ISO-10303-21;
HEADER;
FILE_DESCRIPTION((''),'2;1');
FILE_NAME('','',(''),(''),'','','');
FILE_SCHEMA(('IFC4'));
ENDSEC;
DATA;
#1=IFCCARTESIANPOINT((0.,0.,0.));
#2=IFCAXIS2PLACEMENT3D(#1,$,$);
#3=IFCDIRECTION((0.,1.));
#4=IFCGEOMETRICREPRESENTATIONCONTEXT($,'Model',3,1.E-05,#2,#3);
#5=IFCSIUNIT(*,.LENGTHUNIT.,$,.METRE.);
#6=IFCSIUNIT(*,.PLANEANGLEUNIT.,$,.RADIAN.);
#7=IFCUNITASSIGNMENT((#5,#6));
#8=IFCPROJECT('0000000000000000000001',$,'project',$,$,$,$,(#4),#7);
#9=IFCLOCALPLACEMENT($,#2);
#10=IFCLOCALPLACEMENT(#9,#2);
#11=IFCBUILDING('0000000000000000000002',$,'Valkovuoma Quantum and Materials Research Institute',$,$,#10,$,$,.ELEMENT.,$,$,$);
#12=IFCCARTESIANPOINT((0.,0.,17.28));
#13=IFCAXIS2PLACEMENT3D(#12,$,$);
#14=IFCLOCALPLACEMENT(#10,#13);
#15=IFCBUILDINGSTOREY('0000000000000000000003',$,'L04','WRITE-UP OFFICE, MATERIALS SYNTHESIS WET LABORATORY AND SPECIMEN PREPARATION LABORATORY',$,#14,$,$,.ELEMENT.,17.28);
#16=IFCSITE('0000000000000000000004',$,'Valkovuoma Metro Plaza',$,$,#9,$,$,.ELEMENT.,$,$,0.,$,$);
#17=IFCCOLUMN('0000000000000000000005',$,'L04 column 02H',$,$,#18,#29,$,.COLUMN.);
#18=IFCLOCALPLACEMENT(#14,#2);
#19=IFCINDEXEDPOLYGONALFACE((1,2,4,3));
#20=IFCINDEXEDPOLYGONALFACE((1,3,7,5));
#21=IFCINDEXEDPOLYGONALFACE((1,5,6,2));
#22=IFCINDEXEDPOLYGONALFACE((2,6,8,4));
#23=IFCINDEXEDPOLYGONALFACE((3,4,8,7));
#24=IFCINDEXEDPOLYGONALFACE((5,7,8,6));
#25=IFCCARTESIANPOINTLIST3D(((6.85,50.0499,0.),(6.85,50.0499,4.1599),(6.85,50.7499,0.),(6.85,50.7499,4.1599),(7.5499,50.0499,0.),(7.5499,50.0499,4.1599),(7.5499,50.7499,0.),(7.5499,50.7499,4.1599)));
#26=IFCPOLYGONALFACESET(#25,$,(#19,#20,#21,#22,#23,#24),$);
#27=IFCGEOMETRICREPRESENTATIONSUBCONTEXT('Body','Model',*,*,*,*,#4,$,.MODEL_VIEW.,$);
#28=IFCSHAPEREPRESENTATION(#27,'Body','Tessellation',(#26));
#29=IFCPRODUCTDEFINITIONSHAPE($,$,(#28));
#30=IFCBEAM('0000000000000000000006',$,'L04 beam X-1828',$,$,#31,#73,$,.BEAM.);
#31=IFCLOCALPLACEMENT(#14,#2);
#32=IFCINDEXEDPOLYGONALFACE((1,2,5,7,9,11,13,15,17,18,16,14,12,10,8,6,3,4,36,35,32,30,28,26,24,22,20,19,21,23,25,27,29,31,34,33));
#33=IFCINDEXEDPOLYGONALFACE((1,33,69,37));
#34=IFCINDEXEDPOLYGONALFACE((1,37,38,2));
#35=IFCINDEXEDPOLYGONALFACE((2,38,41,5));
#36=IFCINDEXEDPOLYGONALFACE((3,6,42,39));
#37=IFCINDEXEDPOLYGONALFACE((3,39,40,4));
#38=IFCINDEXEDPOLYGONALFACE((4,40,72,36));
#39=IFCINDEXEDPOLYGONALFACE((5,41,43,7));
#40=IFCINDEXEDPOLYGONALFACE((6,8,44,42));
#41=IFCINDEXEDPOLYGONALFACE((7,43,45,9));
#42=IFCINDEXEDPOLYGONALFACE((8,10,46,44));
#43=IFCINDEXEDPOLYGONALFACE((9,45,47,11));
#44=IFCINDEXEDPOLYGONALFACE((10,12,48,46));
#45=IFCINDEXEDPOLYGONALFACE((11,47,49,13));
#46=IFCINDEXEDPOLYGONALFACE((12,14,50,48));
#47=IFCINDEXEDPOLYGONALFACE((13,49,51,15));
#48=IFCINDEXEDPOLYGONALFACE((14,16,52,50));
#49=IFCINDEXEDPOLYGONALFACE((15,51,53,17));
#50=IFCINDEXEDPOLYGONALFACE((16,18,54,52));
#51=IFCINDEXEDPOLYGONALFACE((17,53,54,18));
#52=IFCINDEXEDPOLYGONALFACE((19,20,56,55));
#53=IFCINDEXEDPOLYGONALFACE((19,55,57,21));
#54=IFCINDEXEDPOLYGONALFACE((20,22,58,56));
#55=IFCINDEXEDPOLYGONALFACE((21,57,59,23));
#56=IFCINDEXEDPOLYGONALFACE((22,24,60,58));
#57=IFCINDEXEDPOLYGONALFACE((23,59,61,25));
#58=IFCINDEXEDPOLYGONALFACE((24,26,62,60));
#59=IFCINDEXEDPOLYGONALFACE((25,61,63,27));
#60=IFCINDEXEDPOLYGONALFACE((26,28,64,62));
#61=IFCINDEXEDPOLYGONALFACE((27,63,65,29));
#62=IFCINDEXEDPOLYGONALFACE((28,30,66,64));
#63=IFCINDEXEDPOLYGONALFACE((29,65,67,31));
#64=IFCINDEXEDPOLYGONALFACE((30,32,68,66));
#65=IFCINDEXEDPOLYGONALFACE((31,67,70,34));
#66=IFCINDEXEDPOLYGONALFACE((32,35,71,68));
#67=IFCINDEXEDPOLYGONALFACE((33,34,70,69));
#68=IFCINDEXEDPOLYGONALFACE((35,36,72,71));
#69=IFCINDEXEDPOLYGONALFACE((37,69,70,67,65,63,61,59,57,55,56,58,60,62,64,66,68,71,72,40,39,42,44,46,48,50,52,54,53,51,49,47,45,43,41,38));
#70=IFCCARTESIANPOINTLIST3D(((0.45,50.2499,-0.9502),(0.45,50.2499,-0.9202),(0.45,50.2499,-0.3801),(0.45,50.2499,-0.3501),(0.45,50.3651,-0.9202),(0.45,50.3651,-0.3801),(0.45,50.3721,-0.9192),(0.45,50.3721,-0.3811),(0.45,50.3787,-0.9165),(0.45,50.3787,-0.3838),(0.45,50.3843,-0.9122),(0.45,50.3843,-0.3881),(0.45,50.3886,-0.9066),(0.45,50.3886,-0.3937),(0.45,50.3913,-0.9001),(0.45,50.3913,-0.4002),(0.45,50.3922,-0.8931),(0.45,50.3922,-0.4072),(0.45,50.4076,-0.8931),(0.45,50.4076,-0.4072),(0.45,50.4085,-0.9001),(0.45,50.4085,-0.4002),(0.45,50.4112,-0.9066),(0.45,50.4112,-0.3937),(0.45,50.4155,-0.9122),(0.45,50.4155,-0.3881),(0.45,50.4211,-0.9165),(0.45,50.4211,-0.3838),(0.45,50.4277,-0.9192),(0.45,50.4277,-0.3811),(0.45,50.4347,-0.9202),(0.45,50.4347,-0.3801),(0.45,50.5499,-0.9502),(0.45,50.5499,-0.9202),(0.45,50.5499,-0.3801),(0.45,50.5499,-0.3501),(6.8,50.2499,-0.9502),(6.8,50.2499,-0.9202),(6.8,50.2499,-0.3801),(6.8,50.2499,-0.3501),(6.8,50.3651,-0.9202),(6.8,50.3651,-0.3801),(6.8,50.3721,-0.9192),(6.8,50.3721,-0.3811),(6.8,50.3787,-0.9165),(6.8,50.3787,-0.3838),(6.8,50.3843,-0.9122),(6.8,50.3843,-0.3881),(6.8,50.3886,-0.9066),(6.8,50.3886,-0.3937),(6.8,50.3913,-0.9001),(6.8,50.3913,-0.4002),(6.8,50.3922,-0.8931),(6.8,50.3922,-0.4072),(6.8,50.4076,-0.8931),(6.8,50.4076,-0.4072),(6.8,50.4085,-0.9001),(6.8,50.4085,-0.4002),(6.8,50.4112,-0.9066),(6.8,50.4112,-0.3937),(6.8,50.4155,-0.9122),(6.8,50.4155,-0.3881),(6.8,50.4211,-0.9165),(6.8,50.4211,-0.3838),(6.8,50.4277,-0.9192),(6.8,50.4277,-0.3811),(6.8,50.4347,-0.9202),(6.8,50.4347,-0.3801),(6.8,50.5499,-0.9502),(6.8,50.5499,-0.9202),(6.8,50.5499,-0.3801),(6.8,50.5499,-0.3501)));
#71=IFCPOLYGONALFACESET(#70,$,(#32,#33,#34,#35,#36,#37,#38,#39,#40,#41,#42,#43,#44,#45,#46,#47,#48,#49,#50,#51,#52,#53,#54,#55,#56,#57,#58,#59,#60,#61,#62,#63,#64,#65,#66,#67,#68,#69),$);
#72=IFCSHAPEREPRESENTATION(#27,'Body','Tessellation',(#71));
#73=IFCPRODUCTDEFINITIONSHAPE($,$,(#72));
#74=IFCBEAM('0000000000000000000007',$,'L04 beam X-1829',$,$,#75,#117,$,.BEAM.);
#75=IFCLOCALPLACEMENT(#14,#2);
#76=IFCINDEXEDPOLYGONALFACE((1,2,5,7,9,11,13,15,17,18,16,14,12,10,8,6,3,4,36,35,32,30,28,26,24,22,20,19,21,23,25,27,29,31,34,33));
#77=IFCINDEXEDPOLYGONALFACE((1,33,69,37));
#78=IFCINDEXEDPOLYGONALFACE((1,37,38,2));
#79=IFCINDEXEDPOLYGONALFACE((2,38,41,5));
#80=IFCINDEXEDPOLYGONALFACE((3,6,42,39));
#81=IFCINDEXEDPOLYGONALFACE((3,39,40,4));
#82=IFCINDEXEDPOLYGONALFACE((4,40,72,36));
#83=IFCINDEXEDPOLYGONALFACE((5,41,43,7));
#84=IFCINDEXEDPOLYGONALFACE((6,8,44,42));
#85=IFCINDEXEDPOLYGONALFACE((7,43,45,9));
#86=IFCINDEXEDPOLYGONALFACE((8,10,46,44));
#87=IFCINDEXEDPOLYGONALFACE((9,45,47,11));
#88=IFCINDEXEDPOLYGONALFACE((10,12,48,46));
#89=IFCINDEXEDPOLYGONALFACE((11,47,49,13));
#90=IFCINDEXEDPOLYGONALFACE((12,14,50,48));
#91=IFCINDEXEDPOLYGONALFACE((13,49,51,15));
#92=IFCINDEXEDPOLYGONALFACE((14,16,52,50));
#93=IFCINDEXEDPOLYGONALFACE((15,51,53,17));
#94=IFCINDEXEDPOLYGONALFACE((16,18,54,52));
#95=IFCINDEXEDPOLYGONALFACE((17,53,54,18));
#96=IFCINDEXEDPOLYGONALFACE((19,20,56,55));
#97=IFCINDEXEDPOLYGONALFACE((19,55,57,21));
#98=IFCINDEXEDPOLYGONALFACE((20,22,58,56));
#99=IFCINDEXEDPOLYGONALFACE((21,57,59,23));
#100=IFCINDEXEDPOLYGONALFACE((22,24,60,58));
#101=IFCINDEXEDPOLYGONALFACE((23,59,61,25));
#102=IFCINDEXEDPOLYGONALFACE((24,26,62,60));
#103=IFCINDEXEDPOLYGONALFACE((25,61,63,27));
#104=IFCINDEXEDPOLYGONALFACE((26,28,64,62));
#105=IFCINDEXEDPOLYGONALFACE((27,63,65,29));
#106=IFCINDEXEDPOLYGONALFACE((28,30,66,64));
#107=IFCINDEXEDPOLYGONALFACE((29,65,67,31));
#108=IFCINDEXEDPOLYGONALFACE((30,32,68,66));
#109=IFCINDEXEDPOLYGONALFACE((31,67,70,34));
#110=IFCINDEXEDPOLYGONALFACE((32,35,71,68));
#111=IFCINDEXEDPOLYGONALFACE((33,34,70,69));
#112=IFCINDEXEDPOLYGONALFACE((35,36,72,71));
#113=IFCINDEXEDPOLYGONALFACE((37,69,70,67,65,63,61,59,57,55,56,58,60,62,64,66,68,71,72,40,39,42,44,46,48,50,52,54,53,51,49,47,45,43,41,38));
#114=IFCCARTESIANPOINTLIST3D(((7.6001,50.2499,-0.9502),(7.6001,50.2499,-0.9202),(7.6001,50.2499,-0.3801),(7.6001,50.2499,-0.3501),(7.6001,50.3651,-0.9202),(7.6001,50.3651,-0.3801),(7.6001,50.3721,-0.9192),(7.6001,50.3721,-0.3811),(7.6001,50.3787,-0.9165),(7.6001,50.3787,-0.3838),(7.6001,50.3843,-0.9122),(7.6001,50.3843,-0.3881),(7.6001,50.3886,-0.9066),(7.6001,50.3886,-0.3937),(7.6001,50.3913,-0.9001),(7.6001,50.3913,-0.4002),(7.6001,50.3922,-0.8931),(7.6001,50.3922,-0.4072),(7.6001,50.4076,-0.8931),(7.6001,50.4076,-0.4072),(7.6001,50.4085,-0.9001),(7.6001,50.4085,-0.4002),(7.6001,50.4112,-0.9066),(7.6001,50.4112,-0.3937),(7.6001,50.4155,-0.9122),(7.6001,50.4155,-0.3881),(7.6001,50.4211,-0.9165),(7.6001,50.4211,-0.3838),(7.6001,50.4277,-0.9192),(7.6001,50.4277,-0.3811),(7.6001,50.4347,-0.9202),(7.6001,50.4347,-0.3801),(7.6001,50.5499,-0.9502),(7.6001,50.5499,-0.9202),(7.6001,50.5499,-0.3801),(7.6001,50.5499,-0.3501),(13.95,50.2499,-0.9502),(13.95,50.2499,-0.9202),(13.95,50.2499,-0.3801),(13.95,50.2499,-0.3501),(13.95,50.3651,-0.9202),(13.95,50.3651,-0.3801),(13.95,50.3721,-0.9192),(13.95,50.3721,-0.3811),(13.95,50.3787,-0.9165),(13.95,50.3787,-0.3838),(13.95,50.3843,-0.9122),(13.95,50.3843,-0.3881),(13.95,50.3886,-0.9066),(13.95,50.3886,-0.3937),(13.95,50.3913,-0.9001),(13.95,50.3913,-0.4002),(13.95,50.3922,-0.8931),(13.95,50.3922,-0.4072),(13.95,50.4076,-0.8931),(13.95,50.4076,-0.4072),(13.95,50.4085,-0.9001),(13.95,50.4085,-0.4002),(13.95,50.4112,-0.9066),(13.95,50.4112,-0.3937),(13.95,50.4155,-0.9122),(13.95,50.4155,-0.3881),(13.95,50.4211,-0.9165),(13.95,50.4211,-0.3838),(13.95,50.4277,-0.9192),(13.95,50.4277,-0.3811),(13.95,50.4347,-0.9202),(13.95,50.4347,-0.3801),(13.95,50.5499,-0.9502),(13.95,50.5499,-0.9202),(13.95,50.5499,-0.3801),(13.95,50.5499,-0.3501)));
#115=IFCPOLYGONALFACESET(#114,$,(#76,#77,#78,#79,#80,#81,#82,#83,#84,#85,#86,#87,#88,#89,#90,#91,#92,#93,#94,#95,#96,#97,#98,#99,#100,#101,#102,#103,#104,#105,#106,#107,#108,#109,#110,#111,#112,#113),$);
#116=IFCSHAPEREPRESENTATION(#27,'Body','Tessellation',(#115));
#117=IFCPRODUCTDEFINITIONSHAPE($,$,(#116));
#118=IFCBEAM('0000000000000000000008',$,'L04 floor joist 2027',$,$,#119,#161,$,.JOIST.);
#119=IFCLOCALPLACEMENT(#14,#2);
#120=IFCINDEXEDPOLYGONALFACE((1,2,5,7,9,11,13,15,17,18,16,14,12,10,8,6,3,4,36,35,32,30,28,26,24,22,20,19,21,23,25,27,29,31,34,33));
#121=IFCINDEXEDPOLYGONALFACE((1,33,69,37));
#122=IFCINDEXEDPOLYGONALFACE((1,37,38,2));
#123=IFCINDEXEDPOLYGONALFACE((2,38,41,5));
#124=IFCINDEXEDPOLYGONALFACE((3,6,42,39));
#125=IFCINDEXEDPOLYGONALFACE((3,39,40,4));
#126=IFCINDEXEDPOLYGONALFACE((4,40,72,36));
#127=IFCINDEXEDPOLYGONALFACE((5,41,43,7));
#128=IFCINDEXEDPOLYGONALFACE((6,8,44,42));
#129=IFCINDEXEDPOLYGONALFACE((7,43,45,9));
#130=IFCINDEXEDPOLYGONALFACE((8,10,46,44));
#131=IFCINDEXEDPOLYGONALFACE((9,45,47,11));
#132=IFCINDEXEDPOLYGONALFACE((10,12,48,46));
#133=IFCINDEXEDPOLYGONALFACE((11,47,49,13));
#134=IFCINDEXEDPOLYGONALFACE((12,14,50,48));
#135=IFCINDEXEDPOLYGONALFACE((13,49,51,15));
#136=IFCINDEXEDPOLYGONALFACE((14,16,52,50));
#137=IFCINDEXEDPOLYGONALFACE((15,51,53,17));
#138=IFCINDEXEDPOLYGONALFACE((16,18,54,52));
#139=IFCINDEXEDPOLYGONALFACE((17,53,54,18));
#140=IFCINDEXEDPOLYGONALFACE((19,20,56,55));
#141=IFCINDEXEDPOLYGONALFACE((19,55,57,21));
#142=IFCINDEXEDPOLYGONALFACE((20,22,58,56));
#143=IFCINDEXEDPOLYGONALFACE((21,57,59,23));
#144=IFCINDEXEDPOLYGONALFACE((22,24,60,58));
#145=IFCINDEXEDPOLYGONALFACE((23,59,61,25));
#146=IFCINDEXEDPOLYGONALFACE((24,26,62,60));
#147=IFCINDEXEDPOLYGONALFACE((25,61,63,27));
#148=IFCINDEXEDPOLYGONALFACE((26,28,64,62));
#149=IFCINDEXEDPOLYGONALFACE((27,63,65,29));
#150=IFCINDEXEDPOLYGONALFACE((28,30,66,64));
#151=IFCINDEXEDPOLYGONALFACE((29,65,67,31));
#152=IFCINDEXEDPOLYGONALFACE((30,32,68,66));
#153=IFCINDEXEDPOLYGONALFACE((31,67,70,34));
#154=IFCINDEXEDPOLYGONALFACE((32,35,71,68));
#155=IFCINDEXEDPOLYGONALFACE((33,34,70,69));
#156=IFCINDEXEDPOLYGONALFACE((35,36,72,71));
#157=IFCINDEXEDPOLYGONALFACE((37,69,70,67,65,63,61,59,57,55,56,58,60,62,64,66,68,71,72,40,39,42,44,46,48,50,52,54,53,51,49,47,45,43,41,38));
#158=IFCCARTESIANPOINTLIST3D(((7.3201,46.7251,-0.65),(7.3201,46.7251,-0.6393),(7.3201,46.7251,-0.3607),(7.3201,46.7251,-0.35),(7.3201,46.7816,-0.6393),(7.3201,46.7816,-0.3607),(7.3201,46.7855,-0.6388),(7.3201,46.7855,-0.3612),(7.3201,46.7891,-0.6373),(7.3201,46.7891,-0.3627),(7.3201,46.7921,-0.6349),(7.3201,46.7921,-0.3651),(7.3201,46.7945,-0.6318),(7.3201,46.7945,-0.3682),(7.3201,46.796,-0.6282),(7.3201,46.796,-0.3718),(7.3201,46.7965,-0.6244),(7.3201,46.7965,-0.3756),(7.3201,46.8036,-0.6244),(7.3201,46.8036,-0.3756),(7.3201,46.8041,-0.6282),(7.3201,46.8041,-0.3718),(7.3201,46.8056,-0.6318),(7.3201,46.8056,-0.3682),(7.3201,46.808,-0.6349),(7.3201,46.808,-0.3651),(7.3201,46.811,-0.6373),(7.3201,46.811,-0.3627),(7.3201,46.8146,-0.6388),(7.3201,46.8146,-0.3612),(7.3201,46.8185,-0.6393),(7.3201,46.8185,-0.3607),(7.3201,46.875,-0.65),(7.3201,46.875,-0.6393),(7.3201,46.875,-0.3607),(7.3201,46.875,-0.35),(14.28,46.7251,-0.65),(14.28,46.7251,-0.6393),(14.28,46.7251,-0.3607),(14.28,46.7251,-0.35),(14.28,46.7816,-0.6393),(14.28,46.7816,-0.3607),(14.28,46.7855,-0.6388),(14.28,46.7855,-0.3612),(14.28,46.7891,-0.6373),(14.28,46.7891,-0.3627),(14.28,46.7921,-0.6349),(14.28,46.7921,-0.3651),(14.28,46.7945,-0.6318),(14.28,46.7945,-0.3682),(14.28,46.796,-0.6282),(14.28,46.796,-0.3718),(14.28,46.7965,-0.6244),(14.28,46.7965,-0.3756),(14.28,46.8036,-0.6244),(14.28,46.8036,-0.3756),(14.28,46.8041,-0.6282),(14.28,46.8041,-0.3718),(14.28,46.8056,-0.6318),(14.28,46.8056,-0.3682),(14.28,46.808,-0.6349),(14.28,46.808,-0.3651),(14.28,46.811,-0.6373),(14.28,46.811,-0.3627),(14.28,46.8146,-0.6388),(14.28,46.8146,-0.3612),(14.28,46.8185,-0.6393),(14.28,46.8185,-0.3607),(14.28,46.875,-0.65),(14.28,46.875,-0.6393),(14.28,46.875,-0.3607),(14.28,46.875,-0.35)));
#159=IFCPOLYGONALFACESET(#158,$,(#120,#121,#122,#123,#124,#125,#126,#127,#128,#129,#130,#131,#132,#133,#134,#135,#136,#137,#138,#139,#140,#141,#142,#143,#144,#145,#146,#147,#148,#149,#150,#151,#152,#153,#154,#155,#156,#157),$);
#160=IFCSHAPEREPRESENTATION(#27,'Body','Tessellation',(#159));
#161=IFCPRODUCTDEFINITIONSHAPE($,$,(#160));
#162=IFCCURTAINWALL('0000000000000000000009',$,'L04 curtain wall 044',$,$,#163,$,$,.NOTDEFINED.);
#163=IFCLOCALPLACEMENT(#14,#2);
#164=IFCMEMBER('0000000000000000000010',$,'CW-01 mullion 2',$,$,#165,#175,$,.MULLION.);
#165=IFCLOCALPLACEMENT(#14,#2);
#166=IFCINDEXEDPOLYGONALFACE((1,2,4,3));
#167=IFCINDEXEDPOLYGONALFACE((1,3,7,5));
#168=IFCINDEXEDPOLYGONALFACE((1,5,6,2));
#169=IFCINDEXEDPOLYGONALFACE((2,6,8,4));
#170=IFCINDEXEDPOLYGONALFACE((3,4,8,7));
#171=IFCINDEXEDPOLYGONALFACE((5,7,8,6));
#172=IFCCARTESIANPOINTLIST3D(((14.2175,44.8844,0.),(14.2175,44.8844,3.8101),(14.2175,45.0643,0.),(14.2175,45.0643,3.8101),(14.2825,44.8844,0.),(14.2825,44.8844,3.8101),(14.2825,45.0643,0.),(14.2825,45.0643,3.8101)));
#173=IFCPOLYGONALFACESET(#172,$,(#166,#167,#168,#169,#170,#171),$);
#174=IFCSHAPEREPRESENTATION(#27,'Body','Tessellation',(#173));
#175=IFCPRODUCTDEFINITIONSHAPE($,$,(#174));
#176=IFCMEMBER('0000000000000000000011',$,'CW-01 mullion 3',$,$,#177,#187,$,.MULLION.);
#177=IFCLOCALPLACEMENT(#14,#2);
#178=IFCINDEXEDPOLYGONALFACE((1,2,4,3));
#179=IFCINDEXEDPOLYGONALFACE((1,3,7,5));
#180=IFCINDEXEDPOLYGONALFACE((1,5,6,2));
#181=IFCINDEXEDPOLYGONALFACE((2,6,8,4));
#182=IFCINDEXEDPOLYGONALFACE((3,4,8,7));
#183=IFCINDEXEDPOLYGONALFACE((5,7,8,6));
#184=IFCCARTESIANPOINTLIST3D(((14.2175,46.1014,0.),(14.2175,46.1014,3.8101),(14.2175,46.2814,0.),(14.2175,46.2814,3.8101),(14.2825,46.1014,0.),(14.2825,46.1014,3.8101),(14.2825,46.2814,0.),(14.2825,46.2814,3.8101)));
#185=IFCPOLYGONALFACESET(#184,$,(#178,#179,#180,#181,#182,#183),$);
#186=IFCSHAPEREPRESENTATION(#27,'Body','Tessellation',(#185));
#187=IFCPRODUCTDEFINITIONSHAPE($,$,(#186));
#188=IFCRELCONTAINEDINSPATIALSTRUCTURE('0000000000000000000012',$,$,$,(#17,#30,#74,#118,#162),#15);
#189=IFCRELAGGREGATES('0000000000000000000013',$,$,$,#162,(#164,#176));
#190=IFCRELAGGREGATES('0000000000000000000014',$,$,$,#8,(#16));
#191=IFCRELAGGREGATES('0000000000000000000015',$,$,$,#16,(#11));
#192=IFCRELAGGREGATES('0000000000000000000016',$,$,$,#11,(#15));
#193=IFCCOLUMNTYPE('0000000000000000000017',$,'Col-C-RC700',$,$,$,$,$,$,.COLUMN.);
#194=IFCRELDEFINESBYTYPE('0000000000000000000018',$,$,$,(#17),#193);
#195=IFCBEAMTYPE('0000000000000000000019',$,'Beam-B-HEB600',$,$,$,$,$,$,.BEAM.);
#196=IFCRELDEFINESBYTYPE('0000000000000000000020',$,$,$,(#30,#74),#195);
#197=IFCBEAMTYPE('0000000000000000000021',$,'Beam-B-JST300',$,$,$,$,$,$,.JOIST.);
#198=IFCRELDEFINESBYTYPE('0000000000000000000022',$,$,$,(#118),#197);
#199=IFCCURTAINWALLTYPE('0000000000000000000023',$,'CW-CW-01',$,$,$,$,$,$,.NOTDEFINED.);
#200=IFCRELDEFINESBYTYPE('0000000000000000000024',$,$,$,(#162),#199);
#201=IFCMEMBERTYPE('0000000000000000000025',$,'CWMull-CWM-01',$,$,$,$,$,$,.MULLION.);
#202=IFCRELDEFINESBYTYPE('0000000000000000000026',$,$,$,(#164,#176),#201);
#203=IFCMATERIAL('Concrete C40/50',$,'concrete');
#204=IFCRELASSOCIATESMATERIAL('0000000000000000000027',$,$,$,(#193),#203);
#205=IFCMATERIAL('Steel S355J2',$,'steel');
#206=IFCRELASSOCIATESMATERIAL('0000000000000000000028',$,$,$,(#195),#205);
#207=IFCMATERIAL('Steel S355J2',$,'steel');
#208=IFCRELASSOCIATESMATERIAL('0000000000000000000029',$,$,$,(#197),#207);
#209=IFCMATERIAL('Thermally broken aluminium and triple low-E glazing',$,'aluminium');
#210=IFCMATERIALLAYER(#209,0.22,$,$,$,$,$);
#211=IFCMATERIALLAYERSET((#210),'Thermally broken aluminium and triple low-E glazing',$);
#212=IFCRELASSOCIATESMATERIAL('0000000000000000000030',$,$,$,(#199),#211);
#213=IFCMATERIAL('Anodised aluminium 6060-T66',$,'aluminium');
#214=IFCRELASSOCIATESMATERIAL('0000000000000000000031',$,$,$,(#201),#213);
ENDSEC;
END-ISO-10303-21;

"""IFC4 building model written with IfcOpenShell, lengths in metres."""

from ifc_helpers import new_model, si_unit, direction, frame, origin, origin_2d, place, context, subcontext, project, spatial, rectangle, i_section, extrude, material, layer, layer_set, material_profile, profile_set, type_object, element, aggregate, save


model = new_model("IFC4")

# Units and contexts
model_context = context("Model", 3, precision=1e-05, world=origin(), true_north=direction((0.0, 1.0)))
body_context = subcontext(model_context, "Body", "Model", "MODEL_VIEW")
ifc_project = project(units=[si_unit("LENGTHUNIT", "METRE"), si_unit("PLANEANGLEUNIT", "RADIAN")], contexts=[model_context])

# Site, building, storey
site_placement = place(None, origin())
site = spatial("IfcSite", under=ifc_project, at=site_placement, Name="Valkovuoma Metro Plaza", CompositionType="ELEMENT", RefElevation=0.0)
building_placement = place(site_placement, origin())
building = spatial("IfcBuilding", under=site, at=building_placement, Name="Valkovuoma Quantum and Materials Research Institute", CompositionType="ELEMENT")
storey_placement = place(building_placement, frame((0.0, 0.0, 17.28)))
storey = spatial("IfcBuildingStorey", under=building, at=storey_placement, Name="L04", Description="WRITE-UP OFFICE, MATERIALS SYNTHESIS WET LABORATORY AND SPECIMEN PREPARATION LABORATORY", CompositionType="ELEMENT", Elevation=17.28)

# Column
ifc_material_1 = material(Name="Concrete C40/50", Category="concrete")
ifc_material_profile_1 = material_profile(ifc_material_1, rectangle(XDim=0.7, YDim=0.7, at=origin_2d()), Name="Concrete C40/50")
ifc_profile_set_1 = profile_set([ifc_material_profile_1], Name="Concrete C40/50")
column_type = type_object("IfcColumnType", Name="Col-C-RC700", PredefinedType="COLUMN", material=ifc_profile_set_1)
column_placement = place(storey_placement, frame((7.2, 50.3999, 0.0), z_axis=(0.0, 0.0, 1.0), x_axis=(1.0, 0.0, 0.0)))
element("IfcColumn", 1, at=column_placement, inside=storey, type_object=column_type, Name="L04 column 02H", PredefinedType="COLUMN", context=body_context, shape_type="SweptSolid", body=[
    extrude(rectangle(XDim=0.7, YDim=0.7, at=origin_2d()), origin(), (0.0, 0.0, 1.0), 4.1599),
])

# Beams
ifc_material_2 = material(Name="Steel S355J2", Category="steel")
ifc_material_profile_2 = material_profile(ifc_material_2, i_section(OverallWidth=0.3, OverallDepth=0.6001, WebThickness=0.0154, FlangeThickness=0.03, FilletRadius=0.0271, at=origin_2d()), Name="Steel S355J2")
ifc_profile_set_2 = profile_set([ifc_material_profile_2], Name="Steel S355J2")
beam_type_1 = type_object("IfcBeamType", Name="Beam-B-HEB600", PredefinedType="BEAM", material=ifc_profile_set_2)
beam_1_placement = place(storey_placement, frame((0.45, 50.3999, -0.6501), z_axis=(1.0, 0.0, 0.0), x_axis=(0.0, 1.0, 0.0)))
element("IfcBeam", 2, at=beam_1_placement, inside=storey, type_object=beam_type_1, Name="L04 beam X-1828", PredefinedType="BEAM", context=body_context, shape_type="SweptSolid", body=[
    extrude(i_section(OverallWidth=0.3, OverallDepth=0.6001, WebThickness=0.0154, FlangeThickness=0.03, FilletRadius=0.0271, at=origin_2d()), origin(), (0.0, 0.0, 1.0), 6.3501),
])
beam_2_placement = place(storey_placement, frame((7.6001, 50.3999, -0.6501), z_axis=(1.0, 0.0, 0.0), x_axis=(0.0, 1.0, 0.0)))
element("IfcBeam", 3, at=beam_2_placement, inside=storey, type_object=beam_type_1, Name="L04 beam X-1829", PredefinedType="BEAM", context=body_context, shape_type="SweptSolid", body=[
    extrude(i_section(OverallWidth=0.3, OverallDepth=0.6001, WebThickness=0.0154, FlangeThickness=0.03, FilletRadius=0.0271, at=origin_2d()), origin(), (0.0, 0.0, 1.0), 6.3499),
])
ifc_material_3 = material(Name="Steel S355J2", Category="steel")
ifc_material_profile_3 = material_profile(ifc_material_3, i_section(OverallWidth=0.1499, OverallDepth=0.3, WebThickness=0.0071, FlangeThickness=0.0107, FilletRadius=0.0149, at=origin_2d()), Name="Steel S355J2")
ifc_profile_set_3 = profile_set([ifc_material_profile_3], Name="Steel S355J2")
beam_type_2 = type_object("IfcBeamType", Name="Beam-B-JST300", PredefinedType="JOIST", material=ifc_profile_set_3)
beam_3_placement = place(storey_placement, frame((7.3201, 46.8, -0.5), z_axis=(1.0, 0.0, 0.0), x_axis=(0.0, 1.0, 0.0)))
element("IfcBeam", 4, at=beam_3_placement, inside=storey, type_object=beam_type_2, Name="L04 floor joist 2027", PredefinedType="JOIST", context=body_context, shape_type="SweptSolid", body=[
    extrude(i_section(OverallWidth=0.1499, OverallDepth=0.3, WebThickness=0.0071, FlangeThickness=0.0107, FilletRadius=0.0149, at=origin_2d()), origin(), (0.0, 0.0, 1.0), 6.96),
])

# Curtain wall, members
ifc_material_4 = material(Name="Thermally broken aluminium and triple low-E glazing", Category="aluminium")
ifc_layer_1 = layer(ifc_material_4, 0.22)
ifc_layer_set_1 = layer_set([ifc_layer_1], Name="Thermally broken aluminium and triple low-E glazing")
curtain_wall_type = type_object("IfcCurtainWallType", Name="CW-CW-01", PredefinedType="NOTDEFINED", material=ifc_layer_set_1)
curtain_wall_1_placement = place(storey_placement, origin())
curtain_wall_1 = element("IfcCurtainWall", 5, at=curtain_wall_1_placement, inside=storey, type_object=curtain_wall_type, Name="L04 curtain wall 044", PredefinedType="NOTDEFINED")
ifc_material_5 = material(Name="Anodised aluminium 6060-T66", Category="aluminium")
ifc_material_profile_4 = material_profile(ifc_material_5, rectangle(XDim=0.0649, YDim=0.1799, at=origin_2d()), Name="Anodised aluminium 6060-T66")
ifc_profile_set_4 = profile_set([ifc_material_profile_4], Name="Anodised aluminium 6060-T66")
member_type_1 = type_object("IfcMemberType", Name="CWMull-CWM-01", PredefinedType="MULLION", material=ifc_profile_set_4)
member_1_placement = place(storey_placement, frame((14.25, 44.9744, 0.0), z_axis=(0.0, 0.0, 1.0), x_axis=(-1.0, 0.0, 0.0)))
member_1 = element("IfcMember", 6, at=member_1_placement, type_object=member_type_1, Name="CW-01 mullion 2", PredefinedType="MULLION", context=body_context, shape_type="SweptSolid", body=[
    extrude(rectangle(XDim=0.0649, YDim=0.1799, at=origin_2d()), origin(), (0.0, 0.0, 1.0), 3.8101),
])
member_2_placement = place(storey_placement, frame((14.25, 46.1914, 0.0), z_axis=(0.0, 0.0, 1.0), x_axis=(-1.0, 0.0, 0.0)))
member_2 = element("IfcMember", 7, at=member_2_placement, type_object=member_type_1, Name="CW-01 mullion 3", PredefinedType="MULLION", context=body_context, shape_type="SweptSolid", body=[
    extrude(rectangle(XDim=0.0649, YDim=0.1799, at=origin_2d()), origin(), (0.0, 0.0, 1.0), 3.8101),
])

aggregate(curtain_wall_1, [member_1, member_2])

save(model, "model.ifc")
